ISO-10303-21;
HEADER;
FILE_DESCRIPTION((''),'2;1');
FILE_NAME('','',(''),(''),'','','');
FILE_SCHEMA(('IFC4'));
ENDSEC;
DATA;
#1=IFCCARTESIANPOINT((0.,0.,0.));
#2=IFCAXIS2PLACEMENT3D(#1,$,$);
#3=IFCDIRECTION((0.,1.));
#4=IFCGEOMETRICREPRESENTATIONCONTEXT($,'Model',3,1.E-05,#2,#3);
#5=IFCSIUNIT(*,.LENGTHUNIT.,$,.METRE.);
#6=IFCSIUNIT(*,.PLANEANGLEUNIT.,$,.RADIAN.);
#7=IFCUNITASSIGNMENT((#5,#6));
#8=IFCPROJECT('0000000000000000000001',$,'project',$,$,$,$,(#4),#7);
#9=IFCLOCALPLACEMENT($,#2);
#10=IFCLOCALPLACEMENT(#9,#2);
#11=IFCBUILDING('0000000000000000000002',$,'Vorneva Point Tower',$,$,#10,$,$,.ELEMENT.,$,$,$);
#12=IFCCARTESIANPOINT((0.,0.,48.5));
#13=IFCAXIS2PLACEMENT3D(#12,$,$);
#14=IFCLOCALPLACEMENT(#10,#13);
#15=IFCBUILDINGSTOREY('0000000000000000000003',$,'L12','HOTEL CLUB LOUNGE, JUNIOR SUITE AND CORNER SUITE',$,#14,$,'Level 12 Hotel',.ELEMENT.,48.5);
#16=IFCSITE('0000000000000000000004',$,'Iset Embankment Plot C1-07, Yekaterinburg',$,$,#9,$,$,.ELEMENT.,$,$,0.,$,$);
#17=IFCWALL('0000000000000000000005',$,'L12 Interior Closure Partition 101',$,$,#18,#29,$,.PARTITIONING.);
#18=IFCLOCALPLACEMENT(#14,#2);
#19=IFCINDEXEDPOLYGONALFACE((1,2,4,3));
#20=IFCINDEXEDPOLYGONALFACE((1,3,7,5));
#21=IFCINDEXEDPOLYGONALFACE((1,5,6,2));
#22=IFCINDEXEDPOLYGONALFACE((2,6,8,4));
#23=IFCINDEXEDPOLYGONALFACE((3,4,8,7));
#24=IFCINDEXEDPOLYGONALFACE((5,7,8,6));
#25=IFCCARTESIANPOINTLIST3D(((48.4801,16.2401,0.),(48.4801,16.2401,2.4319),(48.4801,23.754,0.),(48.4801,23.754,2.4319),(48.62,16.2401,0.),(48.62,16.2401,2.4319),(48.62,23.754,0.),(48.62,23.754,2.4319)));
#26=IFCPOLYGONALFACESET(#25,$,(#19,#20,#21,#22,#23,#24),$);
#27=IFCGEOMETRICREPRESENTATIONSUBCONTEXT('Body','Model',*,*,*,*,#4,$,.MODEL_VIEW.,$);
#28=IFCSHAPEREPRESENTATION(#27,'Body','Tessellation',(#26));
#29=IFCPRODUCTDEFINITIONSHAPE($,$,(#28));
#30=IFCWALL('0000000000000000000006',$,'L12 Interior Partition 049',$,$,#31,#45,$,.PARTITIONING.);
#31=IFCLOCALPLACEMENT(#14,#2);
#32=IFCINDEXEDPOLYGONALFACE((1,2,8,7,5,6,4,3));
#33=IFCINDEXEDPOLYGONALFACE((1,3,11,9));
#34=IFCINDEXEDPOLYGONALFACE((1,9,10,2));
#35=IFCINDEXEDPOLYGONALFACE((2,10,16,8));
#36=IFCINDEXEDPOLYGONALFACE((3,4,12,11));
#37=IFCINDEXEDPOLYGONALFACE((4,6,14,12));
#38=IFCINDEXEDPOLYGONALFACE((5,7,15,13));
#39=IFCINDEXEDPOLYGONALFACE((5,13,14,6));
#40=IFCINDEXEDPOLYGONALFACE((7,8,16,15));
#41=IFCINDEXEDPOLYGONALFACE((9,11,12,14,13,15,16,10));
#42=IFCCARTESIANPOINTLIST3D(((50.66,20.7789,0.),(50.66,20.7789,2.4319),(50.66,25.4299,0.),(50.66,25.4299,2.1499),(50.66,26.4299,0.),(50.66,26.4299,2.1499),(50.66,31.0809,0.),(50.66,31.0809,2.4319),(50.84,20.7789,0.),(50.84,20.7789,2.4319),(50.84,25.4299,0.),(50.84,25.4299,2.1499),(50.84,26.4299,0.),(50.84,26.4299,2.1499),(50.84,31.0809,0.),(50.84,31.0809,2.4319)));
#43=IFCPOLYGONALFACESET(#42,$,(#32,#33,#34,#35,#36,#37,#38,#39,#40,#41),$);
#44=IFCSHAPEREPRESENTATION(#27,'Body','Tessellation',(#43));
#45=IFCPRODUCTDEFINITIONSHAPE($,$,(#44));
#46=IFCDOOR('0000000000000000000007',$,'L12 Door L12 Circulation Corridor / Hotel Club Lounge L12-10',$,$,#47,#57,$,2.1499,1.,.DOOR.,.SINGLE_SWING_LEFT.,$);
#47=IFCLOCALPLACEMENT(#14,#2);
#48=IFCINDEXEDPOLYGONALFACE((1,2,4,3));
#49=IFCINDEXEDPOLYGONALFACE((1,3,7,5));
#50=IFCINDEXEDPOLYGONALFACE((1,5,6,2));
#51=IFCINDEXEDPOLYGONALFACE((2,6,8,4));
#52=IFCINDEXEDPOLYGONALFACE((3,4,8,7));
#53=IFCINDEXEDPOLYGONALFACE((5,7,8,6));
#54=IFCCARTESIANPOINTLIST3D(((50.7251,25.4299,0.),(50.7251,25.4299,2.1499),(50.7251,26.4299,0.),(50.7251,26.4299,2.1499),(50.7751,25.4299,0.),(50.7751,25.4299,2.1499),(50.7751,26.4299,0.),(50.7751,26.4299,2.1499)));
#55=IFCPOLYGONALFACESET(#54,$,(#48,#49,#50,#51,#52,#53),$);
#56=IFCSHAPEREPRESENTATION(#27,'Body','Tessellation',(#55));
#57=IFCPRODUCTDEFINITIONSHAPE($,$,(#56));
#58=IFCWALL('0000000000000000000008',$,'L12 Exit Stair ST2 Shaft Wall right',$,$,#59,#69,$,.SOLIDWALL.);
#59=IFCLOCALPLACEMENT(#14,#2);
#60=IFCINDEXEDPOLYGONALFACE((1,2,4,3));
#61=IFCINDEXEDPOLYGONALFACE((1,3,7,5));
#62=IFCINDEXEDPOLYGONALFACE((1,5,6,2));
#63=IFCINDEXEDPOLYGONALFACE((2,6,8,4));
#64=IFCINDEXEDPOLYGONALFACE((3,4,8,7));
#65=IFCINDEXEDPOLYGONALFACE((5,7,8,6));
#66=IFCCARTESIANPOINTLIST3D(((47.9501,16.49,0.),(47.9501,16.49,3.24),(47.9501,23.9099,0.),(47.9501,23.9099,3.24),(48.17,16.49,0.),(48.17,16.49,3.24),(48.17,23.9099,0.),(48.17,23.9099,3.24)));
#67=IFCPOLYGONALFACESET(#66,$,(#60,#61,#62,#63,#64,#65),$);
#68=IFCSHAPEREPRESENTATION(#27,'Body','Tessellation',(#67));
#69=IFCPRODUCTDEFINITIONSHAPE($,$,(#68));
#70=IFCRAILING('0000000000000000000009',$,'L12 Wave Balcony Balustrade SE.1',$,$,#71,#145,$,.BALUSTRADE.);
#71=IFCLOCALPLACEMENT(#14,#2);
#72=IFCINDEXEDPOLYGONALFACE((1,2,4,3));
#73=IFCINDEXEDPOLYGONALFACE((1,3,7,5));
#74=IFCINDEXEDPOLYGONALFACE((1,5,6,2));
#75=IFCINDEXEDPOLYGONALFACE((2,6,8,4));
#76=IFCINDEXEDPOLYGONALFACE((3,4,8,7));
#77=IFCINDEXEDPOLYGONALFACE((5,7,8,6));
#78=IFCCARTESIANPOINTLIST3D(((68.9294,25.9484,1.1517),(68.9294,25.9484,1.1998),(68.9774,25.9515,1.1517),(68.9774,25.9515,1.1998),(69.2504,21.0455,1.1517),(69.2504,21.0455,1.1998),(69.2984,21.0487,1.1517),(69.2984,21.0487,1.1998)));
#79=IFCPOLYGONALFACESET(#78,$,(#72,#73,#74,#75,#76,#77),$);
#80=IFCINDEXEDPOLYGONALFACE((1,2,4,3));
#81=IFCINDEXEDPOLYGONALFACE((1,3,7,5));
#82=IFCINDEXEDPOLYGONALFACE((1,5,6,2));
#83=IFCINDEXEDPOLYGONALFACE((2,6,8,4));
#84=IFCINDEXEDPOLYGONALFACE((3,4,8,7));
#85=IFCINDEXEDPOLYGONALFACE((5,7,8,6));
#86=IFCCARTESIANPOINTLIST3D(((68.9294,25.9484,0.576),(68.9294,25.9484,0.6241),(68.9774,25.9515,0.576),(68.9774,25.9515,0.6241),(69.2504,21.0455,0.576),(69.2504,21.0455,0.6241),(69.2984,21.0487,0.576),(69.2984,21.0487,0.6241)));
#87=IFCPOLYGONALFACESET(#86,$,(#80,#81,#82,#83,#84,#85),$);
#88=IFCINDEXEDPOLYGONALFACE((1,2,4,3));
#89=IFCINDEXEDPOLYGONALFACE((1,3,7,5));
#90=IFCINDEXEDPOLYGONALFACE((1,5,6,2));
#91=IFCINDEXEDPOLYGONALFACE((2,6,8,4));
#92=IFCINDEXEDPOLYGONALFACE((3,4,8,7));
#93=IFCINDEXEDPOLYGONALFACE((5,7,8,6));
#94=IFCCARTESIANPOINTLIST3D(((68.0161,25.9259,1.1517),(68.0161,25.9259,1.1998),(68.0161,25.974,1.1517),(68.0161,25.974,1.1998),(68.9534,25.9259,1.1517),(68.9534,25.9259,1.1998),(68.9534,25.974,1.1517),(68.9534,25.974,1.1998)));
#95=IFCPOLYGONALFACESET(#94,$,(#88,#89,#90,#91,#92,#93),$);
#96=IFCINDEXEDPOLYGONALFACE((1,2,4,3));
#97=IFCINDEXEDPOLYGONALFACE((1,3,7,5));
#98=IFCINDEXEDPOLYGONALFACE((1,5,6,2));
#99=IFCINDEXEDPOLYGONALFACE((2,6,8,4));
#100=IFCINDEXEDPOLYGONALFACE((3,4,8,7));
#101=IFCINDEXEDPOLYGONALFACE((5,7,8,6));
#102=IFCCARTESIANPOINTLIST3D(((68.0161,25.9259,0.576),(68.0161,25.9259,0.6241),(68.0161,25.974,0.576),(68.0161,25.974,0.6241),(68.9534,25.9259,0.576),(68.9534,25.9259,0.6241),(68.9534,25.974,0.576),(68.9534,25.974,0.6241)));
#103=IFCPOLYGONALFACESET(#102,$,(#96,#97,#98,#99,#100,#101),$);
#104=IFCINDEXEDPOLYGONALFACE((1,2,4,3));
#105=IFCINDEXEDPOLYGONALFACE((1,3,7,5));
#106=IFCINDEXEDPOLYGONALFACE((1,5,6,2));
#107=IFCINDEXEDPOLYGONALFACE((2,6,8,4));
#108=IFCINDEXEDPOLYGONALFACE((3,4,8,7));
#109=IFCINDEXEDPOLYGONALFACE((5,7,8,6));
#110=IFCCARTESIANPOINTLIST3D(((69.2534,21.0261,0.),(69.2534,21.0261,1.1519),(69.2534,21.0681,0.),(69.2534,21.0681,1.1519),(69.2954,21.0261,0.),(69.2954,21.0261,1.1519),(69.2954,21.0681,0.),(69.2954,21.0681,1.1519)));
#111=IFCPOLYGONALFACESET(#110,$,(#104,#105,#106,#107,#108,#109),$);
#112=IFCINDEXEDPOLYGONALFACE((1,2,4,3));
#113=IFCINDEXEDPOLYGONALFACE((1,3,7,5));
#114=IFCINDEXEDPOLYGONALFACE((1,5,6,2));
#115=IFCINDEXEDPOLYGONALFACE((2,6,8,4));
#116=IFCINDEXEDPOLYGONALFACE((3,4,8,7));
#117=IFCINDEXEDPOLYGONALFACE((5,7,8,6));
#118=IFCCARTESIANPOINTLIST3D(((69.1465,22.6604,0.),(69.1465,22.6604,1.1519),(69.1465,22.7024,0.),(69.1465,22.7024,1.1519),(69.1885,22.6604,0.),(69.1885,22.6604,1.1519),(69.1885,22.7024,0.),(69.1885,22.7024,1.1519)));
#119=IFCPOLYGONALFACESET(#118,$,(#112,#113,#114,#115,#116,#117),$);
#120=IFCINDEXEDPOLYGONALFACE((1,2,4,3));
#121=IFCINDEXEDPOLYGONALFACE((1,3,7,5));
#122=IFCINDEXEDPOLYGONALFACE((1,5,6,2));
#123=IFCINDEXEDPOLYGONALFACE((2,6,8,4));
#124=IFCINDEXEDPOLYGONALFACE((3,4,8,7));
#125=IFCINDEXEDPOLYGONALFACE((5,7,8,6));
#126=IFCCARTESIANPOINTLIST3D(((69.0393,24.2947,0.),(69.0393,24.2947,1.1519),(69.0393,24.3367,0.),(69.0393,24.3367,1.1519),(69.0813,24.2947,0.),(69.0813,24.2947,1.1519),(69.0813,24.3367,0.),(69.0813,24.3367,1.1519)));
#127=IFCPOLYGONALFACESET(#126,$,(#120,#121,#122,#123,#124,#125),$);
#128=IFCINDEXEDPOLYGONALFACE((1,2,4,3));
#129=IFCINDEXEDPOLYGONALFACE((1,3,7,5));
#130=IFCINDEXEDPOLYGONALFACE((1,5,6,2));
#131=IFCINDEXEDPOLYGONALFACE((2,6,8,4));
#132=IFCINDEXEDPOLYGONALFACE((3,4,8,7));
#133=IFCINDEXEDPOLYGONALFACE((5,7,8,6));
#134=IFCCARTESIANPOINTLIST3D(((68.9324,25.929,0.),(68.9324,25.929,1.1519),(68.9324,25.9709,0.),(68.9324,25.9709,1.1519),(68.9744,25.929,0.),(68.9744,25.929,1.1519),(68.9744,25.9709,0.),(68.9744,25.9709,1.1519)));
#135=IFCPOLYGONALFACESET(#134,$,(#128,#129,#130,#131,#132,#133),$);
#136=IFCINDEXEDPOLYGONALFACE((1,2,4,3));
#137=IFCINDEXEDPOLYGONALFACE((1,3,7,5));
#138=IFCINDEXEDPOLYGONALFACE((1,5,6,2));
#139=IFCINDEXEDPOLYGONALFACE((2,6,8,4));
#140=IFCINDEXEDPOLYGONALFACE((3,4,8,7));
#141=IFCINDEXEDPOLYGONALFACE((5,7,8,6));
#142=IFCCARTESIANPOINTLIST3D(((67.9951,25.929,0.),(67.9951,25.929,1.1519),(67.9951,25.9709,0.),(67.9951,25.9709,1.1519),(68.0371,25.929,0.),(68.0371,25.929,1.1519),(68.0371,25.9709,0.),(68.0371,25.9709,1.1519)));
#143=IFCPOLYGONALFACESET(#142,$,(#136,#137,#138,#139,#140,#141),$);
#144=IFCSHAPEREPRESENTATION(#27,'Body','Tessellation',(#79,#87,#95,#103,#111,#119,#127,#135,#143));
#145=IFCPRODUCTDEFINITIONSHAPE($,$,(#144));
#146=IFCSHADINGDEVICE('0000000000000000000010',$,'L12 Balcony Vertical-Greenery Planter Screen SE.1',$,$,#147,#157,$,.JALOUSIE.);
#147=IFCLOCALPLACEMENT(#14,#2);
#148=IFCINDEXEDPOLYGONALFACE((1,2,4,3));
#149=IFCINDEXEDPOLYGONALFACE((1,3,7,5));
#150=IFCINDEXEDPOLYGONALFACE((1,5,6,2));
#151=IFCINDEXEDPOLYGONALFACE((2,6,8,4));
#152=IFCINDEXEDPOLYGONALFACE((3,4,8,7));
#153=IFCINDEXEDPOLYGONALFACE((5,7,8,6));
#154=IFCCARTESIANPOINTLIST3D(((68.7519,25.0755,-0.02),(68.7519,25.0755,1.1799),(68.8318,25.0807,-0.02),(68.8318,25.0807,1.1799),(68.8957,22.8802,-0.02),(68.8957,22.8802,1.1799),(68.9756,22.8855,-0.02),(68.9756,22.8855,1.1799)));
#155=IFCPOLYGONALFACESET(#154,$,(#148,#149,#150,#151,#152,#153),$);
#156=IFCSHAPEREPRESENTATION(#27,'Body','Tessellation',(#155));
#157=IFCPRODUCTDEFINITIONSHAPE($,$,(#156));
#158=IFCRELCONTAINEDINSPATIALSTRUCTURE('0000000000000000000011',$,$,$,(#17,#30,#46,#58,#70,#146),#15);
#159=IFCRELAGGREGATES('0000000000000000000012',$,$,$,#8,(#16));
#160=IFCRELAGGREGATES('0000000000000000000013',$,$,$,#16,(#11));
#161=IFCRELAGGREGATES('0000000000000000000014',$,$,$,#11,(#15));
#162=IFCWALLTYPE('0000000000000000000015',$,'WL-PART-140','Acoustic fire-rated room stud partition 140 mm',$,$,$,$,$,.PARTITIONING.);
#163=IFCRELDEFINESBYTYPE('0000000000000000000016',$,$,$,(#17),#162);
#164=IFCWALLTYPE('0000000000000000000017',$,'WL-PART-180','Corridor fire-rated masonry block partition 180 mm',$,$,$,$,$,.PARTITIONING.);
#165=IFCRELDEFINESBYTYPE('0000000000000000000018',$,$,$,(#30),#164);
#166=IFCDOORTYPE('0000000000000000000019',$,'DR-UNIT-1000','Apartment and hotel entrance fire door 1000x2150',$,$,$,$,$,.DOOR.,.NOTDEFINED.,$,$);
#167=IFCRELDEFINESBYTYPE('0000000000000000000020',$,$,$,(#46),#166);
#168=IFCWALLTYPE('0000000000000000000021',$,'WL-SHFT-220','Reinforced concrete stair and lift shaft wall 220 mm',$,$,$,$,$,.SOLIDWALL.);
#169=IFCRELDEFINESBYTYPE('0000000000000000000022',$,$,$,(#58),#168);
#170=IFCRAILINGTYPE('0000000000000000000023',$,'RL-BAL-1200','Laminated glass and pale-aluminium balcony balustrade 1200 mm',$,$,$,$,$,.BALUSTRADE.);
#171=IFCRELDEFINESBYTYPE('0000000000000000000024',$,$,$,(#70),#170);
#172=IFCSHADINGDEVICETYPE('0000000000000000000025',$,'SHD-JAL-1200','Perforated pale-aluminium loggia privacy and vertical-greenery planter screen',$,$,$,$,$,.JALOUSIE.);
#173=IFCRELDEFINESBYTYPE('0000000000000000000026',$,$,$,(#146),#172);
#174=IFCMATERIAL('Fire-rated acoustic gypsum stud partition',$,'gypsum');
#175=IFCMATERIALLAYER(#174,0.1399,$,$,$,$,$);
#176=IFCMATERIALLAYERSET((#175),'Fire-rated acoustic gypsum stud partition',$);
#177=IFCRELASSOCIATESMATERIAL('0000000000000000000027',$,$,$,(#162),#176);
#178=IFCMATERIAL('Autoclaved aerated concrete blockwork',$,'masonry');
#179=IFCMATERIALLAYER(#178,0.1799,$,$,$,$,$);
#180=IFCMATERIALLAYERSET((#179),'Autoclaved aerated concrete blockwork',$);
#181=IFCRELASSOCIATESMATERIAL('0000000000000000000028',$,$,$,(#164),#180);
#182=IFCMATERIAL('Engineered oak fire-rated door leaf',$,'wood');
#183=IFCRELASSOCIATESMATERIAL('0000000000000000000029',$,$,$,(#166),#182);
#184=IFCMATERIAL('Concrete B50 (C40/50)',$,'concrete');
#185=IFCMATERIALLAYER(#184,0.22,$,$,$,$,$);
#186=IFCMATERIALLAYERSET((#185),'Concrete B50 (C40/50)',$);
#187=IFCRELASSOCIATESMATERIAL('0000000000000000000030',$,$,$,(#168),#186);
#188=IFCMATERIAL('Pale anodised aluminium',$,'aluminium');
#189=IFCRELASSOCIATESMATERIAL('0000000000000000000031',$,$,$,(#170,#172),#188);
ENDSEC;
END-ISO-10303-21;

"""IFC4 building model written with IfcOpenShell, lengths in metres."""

from ifc_helpers import new_model, si_unit, direction, frame, frame_2d, origin, origin_2d, place, context, subcontext, project, spatial, rectangle, extrude, material, layer, layer_set, type_object, element, fill, save


model = new_model("IFC4")

# Units and contexts
model_context = context("Model", 3, precision=1e-05, world=origin(), true_north=direction((0.0, 1.0)))
body_context = subcontext(model_context, "Body", "Model", "MODEL_VIEW")
ifc_project = project(units=[si_unit("LENGTHUNIT", "METRE"), si_unit("PLANEANGLEUNIT", "RADIAN")], contexts=[model_context])

# Site, building, storey
site_placement = place(None, origin())
site = spatial("IfcSite", under=ifc_project, at=site_placement, Name="Iset Embankment Plot C1-07, Yekaterinburg", CompositionType="ELEMENT", RefElevation=0.0)
building_placement = place(site_placement, origin())
building = spatial("IfcBuilding", under=site, at=building_placement, Name="Vorneva Point Tower", CompositionType="ELEMENT")
storey_placement = place(building_placement, frame((0.0, 0.0, 48.5)))
storey = spatial("IfcBuildingStorey", under=building, at=storey_placement, Name="L12", Description="HOTEL CLUB LOUNGE, JUNIOR SUITE AND CORNER SUITE", LongName="Level 12 Hotel", CompositionType="ELEMENT", Elevation=48.5)

# Shared definitions
ifc_material_1 = material(Name="Pale anodised aluminium", Category="aluminium")

# Wall
ifc_material_2 = material(Name="Fire-rated acoustic gypsum stud partition", Category="gypsum")
ifc_layer_1 = layer(ifc_material_2, 0.1399)
ifc_layer_set_1 = layer_set([ifc_layer_1], Name="Fire-rated acoustic gypsum stud partition")
wall_type_1 = type_object("IfcWallType", Name="WL-PART-140", Description="Acoustic fire-rated room stud partition 140 mm", PredefinedType="PARTITIONING", material=ifc_layer_set_1)
wall_1_placement = place(storey_placement, frame((48.55, 23.7539, 0.0), z_axis=(0.0, 0.0, 1.0), x_axis=(0.0, -1.0, 0.0)))
element("IfcWall", 1, at=wall_1_placement, inside=storey, type_object=wall_type_1, Name="L12 Interior Closure Partition 101", PredefinedType="PARTITIONING", context=body_context, shape_type="SweptSolid", body=[
    extrude(rectangle(XDim=7.5139, YDim=0.1399, at=frame_2d((3.7568, 0.0))), origin(), (0.0, 0.0, 1.0), 2.4319),
])

# Wall, opening, door
ifc_material_3 = material(Name="Autoclaved aerated concrete blockwork", Category="masonry")
ifc_layer_2 = layer(ifc_material_3, 0.1799)
ifc_layer_set_2 = layer_set([ifc_layer_2], Name="Autoclaved aerated concrete blockwork")
wall_type_2 = type_object("IfcWallType", Name="WL-PART-180", Description="Corridor fire-rated masonry block partition 180 mm", PredefinedType="PARTITIONING", material=ifc_layer_set_2)
wall_2_placement = place(storey_placement, frame((50.75, 20.7791, 0.0), z_axis=(0.0, 0.0, 1.0), x_axis=(0.0, 1.0, 0.0)))
wall_2 = element("IfcWall", 2, at=wall_2_placement, inside=storey, type_object=wall_type_2, Name="L12 Interior Partition 049", PredefinedType="PARTITIONING", context=body_context, shape_type="SweptSolid", body=[
    extrude(rectangle(XDim=10.302, YDim=0.1799, at=frame_2d((5.1509, 0.0))), origin(), (0.0, 0.0, 1.0), 2.4319),
])
opening_1_placement = place(wall_2_placement, frame((4.6509, 0.0, 0.0)))
opening_1 = element("IfcOpeningElement", 3, at=opening_1_placement, cuts=wall_2, PredefinedType="OPENING", context=body_context, shape_type="SweptSolid", body=[
    extrude(rectangle(XDim=1.0, YDim=2.1499, at=frame_2d((0.5, 1.075))), frame((0.0, 0.105, 0.0), z_axis=(0.0, -1.0, 0.0), x_axis=(1.0, 0.0, 0.0)), (0.0, 0.0, 1.0), 0.2097),
])
ifc_material_4 = material(Name="Engineered oak fire-rated door leaf", Category="wood")
door_type_1 = type_object("IfcDoorType", Name="DR-UNIT-1000", Description="Apartment and hotel entrance fire door 1000x2150", OperationType="NOTDEFINED", PredefinedType="DOOR", material=ifc_material_4)
door_1_placement = place(opening_1_placement, origin())
door_1 = element("IfcDoor", 4, at=door_1_placement, inside=storey, type_object=door_type_1, Name="L12 Door L12 Circulation Corridor / Hotel Club Lounge L12-10", OperationType="SINGLE_SWING_LEFT", OverallHeight=2.1499, OverallWidth=1.0, PredefinedType="DOOR", context=body_context, shape_type="SweptSolid", body=[
    extrude(rectangle(XDim=1.0, YDim=2.1499, at=frame_2d((0.5, 1.075))), frame((0.0, 0.0249, 0.0), z_axis=(0.0, -1.0, 0.0), x_axis=(1.0, 0.0, 0.0)), (0.0, 0.0, 1.0), 0.05),
])
fill(opening_1, door_1)

# Wall
ifc_material_5 = material(Name="Concrete B50 (C40/50)", Category="concrete")
ifc_layer_3 = layer(ifc_material_5, 0.22)
ifc_layer_set_3 = layer_set([ifc_layer_3], Name="Concrete B50 (C40/50)")
wall_type_3 = type_object("IfcWallType", Name="WL-SHFT-220", Description="Reinforced concrete stair and lift shaft wall 220 mm", PredefinedType="SOLIDWALL", material=ifc_layer_set_3)
wall_3_placement = place(storey_placement, frame((48.0601, 23.9099, 0.0), z_axis=(0.0, 0.0, 1.0), x_axis=(0.0, -1.0, 0.0)))
element("IfcWall", 5, at=wall_3_placement, inside=storey, type_object=wall_type_3, Name="L12 Exit Stair ST2 Shaft Wall right", PredefinedType="SOLIDWALL", context=body_context, shape_type="SweptSolid", body=[
    extrude(rectangle(XDim=7.4199, YDim=0.22, at=frame_2d((3.71, 0.0))), origin(), (0.0, 0.0, 1.0), 3.24),
])

# Railing
railing_type = type_object("IfcRailingType", Name="RL-BAL-1200", Description="Laminated glass and pale-aluminium balcony balustrade 1200 mm", PredefinedType="BALUSTRADE", material=ifc_material_1)
railing_placement = place(storey_placement, frame((69.2744, 21.0471, 0.0)))
element("IfcRailing", 6, at=railing_placement, inside=storey, type_object=railing_type, Name="L12 Wave Balcony Balustrade SE.1", PredefinedType="BALUSTRADE", context=body_context, shape_type="SweptSolid", body=[
    extrude(rectangle(XDim=0.0481, YDim=0.0481, at=origin_2d()), frame((0.0, 0.0, 1.1758), z_axis=(-0.065342, 0.997863, 0.0), x_axis=(-0.997863, -0.065342, 0.0)), (0.0, 0.0, 1.0), 4.9133),
    extrude(rectangle(XDim=0.0481, YDim=0.0481, at=origin_2d()), frame((0.0, 0.0, 0.6001), z_axis=(-0.065342, 0.997863, 0.0), x_axis=(-0.997863, -0.065342, 0.0)), (0.0, 0.0, 1.0), 4.9133),
    extrude(rectangle(XDim=0.0481, YDim=0.0481, at=origin_2d()), frame((-0.321, 4.9028, 1.1758), z_axis=(-1.0, 0.0, 0.0), x_axis=(0.0, -1.0, 0.0)), (0.0, 0.0, 1.0), 0.9373),
    extrude(rectangle(XDim=0.0481, YDim=0.0481, at=origin_2d()), frame((-0.321, 4.9028, 0.6001), z_axis=(-1.0, 0.0, 0.0), x_axis=(0.0, -1.0, 0.0)), (0.0, 0.0, 1.0), 0.9373),
    extrude(rectangle(XDim=0.042, YDim=0.042, at=origin_2d()), origin(), (0.0, 0.0, 1.0), 1.1519),
    extrude(rectangle(XDim=0.042, YDim=0.042, at=origin_2d()), frame((-0.1069, 1.6343, 0.0)), (0.0, 0.0, 1.0), 1.1519),
    extrude(rectangle(XDim=0.042, YDim=0.042, at=origin_2d()), frame((-0.2141, 3.2686, 0.0)), (0.0, 0.0, 1.0), 1.1519),
    extrude(rectangle(XDim=0.042, YDim=0.042, at=origin_2d()), frame((-0.321, 4.9028, 0.0)), (0.0, 0.0, 1.0), 1.1519),
    extrude(rectangle(XDim=0.042, YDim=0.042, at=origin_2d()), frame((-1.2583, 4.9028, 0.0)), (0.0, 0.0, 1.0), 1.1519),
])

# Shading device
shading_device_type = type_object("IfcShadingDeviceType", Name="SHD-JAL-1200", Description="Perforated pale-aluminium loggia privacy and vertical-greenery planter screen", PredefinedType="JALOUSIE", material=ifc_material_1)
shading_device_placement = place(storey_placement, frame((68.8638, 23.9805, -0.02), z_axis=(0.0, 0.0, 1.0), x_axis=(-0.065368, 0.997861, 0.0)))
element("IfcShadingDevice", 7, at=shading_device_placement, inside=storey, type_object=shading_device_type, Name="L12 Balcony Vertical-Greenery Planter Screen SE.1", PredefinedType="JALOUSIE", context=body_context, shape_type="SweptSolid", body=[
    extrude(rectangle(XDim=2.2, YDim=0.0801, at=origin_2d()), origin(), (0.0, 0.0, 1.0), 1.2),
])

save(model, "model.ifc")
